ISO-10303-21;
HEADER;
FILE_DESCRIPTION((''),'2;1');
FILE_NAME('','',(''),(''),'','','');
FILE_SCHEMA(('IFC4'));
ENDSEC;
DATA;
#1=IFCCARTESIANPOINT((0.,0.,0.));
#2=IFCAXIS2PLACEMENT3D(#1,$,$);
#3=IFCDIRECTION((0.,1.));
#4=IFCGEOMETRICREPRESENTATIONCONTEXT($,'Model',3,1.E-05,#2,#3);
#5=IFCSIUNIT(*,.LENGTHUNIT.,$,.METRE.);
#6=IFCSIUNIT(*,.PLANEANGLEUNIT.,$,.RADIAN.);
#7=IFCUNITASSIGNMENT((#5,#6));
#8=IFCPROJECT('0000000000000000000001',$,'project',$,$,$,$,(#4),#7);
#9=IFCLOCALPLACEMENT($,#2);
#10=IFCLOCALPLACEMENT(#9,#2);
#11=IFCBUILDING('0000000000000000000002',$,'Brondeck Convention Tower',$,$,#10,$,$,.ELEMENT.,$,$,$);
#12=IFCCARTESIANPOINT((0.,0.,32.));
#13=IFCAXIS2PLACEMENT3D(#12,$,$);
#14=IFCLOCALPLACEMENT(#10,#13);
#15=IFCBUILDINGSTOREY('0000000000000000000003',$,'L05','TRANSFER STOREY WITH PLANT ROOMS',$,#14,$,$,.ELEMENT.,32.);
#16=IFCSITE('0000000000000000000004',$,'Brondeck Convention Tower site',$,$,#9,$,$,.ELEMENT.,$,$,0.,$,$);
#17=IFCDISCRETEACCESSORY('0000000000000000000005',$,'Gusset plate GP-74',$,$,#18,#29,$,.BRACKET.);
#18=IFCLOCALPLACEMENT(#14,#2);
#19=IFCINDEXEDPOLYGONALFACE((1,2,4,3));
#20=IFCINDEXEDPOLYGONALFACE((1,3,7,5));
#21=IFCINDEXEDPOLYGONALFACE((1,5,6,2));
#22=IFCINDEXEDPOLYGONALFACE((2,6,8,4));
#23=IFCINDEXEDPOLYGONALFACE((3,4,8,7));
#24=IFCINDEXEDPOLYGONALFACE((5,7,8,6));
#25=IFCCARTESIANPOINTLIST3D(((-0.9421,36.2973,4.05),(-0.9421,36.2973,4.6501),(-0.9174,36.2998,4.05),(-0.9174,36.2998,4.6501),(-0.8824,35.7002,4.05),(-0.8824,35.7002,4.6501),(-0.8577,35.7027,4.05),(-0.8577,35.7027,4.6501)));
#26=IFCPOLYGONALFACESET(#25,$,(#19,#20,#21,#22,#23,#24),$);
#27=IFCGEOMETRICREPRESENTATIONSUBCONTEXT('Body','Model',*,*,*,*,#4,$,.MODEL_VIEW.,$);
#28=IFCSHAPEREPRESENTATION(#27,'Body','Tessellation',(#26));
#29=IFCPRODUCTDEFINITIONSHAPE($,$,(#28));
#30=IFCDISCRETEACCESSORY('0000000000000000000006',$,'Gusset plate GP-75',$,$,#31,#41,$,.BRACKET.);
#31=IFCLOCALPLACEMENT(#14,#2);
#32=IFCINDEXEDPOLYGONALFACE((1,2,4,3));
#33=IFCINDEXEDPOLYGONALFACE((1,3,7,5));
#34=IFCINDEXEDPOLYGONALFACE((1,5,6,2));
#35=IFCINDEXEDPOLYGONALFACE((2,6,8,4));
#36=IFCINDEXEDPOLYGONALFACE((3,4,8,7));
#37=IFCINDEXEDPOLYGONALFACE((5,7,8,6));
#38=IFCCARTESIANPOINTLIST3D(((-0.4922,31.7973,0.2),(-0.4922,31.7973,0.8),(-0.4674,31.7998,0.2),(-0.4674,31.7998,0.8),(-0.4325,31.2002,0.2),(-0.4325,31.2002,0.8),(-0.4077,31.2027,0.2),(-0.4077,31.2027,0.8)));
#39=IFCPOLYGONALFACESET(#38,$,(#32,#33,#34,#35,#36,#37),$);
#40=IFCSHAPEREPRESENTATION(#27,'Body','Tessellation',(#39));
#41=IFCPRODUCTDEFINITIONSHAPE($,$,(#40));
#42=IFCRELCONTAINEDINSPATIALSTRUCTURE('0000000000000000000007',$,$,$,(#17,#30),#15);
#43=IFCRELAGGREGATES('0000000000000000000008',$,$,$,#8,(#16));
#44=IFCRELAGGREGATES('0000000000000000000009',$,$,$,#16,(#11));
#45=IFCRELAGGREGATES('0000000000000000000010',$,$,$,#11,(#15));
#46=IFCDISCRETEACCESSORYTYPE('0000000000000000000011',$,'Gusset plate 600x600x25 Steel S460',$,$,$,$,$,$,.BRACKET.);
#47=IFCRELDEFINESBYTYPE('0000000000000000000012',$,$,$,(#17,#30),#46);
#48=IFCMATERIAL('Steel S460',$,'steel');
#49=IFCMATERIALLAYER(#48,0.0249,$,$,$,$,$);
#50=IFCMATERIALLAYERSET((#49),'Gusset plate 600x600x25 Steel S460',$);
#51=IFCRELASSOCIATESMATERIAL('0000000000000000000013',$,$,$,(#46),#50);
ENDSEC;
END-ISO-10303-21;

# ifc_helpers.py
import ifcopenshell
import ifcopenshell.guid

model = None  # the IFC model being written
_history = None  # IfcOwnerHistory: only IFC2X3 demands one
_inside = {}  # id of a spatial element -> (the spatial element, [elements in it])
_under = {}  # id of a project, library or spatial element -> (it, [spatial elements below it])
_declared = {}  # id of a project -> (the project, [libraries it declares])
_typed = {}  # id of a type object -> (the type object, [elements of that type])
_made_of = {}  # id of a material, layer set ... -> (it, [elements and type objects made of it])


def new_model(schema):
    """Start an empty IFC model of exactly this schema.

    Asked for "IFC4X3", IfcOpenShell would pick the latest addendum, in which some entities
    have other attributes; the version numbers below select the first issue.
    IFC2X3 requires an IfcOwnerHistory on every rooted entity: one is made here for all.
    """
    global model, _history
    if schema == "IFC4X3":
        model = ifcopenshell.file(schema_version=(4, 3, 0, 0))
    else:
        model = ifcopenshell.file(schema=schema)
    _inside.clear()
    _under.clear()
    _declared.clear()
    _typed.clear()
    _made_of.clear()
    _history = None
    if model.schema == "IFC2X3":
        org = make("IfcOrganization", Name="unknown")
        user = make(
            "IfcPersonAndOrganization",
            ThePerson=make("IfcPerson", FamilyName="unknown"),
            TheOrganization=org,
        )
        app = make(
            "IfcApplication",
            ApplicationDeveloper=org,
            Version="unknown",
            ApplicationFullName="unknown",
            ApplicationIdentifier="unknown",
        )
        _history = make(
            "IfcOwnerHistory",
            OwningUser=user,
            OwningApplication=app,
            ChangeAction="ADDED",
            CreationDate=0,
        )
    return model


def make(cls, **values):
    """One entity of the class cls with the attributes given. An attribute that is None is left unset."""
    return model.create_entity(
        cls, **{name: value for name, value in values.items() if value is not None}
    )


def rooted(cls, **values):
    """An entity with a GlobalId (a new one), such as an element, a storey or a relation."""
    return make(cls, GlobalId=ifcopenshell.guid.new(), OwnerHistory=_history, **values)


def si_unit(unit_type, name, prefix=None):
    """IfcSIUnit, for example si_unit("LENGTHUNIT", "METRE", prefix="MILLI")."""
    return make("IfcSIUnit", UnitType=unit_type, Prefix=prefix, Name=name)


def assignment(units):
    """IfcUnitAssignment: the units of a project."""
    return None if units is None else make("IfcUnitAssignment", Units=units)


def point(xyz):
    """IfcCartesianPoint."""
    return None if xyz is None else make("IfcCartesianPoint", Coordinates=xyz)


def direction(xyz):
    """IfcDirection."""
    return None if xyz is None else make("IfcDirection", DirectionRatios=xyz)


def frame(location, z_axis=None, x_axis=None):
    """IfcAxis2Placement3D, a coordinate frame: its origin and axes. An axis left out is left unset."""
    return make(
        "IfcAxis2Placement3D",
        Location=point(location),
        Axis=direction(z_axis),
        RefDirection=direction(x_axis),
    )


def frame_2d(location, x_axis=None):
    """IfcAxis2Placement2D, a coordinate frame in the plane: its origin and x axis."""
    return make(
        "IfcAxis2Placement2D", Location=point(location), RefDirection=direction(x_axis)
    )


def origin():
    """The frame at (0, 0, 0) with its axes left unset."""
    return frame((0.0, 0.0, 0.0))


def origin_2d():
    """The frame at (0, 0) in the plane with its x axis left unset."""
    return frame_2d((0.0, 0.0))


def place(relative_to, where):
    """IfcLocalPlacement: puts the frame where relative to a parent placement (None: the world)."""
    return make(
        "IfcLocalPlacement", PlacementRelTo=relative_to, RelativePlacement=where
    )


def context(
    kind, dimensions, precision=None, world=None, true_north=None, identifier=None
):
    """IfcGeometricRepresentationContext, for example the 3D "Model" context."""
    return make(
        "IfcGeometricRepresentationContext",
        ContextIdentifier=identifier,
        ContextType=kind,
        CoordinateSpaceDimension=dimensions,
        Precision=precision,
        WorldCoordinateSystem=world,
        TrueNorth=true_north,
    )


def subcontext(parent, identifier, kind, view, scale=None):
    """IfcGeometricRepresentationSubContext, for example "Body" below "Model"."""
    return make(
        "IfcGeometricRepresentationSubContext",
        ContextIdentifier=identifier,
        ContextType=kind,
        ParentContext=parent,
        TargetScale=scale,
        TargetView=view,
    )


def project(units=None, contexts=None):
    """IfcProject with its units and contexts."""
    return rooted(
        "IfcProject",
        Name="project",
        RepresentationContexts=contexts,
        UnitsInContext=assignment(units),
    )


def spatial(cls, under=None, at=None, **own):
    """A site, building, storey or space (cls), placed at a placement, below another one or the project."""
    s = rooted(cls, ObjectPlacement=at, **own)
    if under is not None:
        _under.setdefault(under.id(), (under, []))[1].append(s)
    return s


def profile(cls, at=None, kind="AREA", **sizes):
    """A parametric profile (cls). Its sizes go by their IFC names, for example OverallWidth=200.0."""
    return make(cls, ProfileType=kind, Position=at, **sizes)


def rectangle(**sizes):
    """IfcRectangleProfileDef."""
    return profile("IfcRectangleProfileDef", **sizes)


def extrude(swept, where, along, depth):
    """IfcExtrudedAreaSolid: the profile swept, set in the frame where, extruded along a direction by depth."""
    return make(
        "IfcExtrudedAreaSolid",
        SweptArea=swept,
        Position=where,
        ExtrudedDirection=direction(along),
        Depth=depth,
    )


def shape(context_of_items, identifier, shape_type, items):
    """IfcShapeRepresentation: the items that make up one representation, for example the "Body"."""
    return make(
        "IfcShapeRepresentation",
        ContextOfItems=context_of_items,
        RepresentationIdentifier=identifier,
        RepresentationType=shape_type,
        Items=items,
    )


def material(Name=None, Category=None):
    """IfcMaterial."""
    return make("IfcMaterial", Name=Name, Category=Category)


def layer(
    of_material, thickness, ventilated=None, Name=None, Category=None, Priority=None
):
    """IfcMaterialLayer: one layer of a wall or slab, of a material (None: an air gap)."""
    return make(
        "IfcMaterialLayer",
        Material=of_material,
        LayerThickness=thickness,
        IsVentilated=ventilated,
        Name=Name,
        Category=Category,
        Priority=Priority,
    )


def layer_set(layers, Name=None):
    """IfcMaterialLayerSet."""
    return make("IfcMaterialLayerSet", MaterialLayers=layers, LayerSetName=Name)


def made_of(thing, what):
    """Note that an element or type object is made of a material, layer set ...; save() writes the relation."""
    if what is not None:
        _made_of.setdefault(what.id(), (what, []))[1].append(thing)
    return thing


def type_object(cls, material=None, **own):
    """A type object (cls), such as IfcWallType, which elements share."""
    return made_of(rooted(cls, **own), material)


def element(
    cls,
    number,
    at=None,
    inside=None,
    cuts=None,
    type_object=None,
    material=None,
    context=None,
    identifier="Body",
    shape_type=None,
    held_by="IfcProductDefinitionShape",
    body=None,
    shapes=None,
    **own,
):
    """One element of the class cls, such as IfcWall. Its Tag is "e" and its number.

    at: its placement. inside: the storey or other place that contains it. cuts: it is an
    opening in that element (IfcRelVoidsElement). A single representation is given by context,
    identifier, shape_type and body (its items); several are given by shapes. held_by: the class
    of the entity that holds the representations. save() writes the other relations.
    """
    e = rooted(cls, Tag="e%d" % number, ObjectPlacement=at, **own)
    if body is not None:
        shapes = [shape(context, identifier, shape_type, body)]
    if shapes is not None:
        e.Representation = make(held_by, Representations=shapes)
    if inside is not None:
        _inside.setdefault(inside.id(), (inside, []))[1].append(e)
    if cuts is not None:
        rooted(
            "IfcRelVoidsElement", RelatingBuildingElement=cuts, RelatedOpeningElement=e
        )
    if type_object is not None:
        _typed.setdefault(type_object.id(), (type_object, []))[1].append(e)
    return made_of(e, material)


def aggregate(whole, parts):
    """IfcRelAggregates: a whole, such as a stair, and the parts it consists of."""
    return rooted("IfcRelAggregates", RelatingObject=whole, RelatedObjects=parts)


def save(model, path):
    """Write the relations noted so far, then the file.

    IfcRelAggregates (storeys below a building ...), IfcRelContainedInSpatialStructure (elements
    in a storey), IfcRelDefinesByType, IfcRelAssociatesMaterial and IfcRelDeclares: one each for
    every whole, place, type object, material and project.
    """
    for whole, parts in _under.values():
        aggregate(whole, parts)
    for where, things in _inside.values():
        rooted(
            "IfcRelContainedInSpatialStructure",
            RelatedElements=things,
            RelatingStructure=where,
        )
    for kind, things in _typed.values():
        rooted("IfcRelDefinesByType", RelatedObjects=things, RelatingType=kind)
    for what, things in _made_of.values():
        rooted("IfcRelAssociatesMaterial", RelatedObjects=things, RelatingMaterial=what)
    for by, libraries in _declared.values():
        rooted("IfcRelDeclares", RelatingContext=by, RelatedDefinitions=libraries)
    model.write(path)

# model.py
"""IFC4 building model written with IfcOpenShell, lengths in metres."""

from ifc_helpers import new_model, si_unit, direction, frame, origin, origin_2d, place, context, subcontext, project, spatial, rectangle, extrude, material, layer, layer_set, type_object, element, save


model = new_model("IFC4")

# Units and contexts
model_context = context("Model", 3, precision=1e-05, world=origin(), true_north=direction((0.0, 1.0)))
body_context = subcontext(model_context, "Body", "Model", "MODEL_VIEW")
ifc_project = project(units=[si_unit("LENGTHUNIT", "METRE"), si_unit("PLANEANGLEUNIT", "RADIAN")], contexts=[model_context])

# Site, building, storey
site_placement = place(None, origin())
site = spatial("IfcSite", under=ifc_project, at=site_placement, Name="Brondeck Convention Tower site", CompositionType="ELEMENT", RefElevation=0.0)
building_placement = place(site_placement, origin())
building = spatial("IfcBuilding", under=site, at=building_placement, Name="Brondeck Convention Tower", CompositionType="ELEMENT")
storey_placement = place(building_placement, frame((0.0, 0.0, 32.0)))
storey = spatial("IfcBuildingStorey", under=building, at=storey_placement, Name="L05", Description="TRANSFER STOREY WITH PLANT ROOMS", CompositionType="ELEMENT", Elevation=32.0)

# Shared definitions
ifc_material_1 = material(Name="Steel S460", Category="steel")

# Discrete accessories
ifc_layer_1 = layer(ifc_material_1, 0.0249)
ifc_layer_set_1 = layer_set([ifc_layer_1], Name="Gusset plate 600x600x25 Steel S460")
discrete_accessory_type = type_object("IfcDiscreteAccessoryType", Name="Gusset plate 600x600x25 Steel S460", PredefinedType="BRACKET", material=ifc_layer_set_1)
for number, where, z_axis, x_axis, name in (
    (1, (-0.8999, 36.0, 4.05), (0.0, 0.0, 1.0), (-0.099511, 0.995036, 0.0), "Gusset plate GP-74"),
    (2, (-0.45, 31.5, 0.2), (0.0, 0.0, 1.0), (-0.099511, 0.995036, 0.0), "Gusset plate GP-75"),
):
    element("IfcDiscreteAccessory", number, at=place(storey_placement, frame(where, z_axis=z_axis, x_axis=x_axis)), inside=storey, type_object=discrete_accessory_type, Name=name, PredefinedType="BRACKET", context=body_context, shape_type="SweptSolid", body=[
        extrude(rectangle(XDim=0.6001, YDim=0.0249, at=origin_2d()), origin(), (0.0, 0.0, 1.0), 0.6001),
    ])

save(model, "model.ifc")
